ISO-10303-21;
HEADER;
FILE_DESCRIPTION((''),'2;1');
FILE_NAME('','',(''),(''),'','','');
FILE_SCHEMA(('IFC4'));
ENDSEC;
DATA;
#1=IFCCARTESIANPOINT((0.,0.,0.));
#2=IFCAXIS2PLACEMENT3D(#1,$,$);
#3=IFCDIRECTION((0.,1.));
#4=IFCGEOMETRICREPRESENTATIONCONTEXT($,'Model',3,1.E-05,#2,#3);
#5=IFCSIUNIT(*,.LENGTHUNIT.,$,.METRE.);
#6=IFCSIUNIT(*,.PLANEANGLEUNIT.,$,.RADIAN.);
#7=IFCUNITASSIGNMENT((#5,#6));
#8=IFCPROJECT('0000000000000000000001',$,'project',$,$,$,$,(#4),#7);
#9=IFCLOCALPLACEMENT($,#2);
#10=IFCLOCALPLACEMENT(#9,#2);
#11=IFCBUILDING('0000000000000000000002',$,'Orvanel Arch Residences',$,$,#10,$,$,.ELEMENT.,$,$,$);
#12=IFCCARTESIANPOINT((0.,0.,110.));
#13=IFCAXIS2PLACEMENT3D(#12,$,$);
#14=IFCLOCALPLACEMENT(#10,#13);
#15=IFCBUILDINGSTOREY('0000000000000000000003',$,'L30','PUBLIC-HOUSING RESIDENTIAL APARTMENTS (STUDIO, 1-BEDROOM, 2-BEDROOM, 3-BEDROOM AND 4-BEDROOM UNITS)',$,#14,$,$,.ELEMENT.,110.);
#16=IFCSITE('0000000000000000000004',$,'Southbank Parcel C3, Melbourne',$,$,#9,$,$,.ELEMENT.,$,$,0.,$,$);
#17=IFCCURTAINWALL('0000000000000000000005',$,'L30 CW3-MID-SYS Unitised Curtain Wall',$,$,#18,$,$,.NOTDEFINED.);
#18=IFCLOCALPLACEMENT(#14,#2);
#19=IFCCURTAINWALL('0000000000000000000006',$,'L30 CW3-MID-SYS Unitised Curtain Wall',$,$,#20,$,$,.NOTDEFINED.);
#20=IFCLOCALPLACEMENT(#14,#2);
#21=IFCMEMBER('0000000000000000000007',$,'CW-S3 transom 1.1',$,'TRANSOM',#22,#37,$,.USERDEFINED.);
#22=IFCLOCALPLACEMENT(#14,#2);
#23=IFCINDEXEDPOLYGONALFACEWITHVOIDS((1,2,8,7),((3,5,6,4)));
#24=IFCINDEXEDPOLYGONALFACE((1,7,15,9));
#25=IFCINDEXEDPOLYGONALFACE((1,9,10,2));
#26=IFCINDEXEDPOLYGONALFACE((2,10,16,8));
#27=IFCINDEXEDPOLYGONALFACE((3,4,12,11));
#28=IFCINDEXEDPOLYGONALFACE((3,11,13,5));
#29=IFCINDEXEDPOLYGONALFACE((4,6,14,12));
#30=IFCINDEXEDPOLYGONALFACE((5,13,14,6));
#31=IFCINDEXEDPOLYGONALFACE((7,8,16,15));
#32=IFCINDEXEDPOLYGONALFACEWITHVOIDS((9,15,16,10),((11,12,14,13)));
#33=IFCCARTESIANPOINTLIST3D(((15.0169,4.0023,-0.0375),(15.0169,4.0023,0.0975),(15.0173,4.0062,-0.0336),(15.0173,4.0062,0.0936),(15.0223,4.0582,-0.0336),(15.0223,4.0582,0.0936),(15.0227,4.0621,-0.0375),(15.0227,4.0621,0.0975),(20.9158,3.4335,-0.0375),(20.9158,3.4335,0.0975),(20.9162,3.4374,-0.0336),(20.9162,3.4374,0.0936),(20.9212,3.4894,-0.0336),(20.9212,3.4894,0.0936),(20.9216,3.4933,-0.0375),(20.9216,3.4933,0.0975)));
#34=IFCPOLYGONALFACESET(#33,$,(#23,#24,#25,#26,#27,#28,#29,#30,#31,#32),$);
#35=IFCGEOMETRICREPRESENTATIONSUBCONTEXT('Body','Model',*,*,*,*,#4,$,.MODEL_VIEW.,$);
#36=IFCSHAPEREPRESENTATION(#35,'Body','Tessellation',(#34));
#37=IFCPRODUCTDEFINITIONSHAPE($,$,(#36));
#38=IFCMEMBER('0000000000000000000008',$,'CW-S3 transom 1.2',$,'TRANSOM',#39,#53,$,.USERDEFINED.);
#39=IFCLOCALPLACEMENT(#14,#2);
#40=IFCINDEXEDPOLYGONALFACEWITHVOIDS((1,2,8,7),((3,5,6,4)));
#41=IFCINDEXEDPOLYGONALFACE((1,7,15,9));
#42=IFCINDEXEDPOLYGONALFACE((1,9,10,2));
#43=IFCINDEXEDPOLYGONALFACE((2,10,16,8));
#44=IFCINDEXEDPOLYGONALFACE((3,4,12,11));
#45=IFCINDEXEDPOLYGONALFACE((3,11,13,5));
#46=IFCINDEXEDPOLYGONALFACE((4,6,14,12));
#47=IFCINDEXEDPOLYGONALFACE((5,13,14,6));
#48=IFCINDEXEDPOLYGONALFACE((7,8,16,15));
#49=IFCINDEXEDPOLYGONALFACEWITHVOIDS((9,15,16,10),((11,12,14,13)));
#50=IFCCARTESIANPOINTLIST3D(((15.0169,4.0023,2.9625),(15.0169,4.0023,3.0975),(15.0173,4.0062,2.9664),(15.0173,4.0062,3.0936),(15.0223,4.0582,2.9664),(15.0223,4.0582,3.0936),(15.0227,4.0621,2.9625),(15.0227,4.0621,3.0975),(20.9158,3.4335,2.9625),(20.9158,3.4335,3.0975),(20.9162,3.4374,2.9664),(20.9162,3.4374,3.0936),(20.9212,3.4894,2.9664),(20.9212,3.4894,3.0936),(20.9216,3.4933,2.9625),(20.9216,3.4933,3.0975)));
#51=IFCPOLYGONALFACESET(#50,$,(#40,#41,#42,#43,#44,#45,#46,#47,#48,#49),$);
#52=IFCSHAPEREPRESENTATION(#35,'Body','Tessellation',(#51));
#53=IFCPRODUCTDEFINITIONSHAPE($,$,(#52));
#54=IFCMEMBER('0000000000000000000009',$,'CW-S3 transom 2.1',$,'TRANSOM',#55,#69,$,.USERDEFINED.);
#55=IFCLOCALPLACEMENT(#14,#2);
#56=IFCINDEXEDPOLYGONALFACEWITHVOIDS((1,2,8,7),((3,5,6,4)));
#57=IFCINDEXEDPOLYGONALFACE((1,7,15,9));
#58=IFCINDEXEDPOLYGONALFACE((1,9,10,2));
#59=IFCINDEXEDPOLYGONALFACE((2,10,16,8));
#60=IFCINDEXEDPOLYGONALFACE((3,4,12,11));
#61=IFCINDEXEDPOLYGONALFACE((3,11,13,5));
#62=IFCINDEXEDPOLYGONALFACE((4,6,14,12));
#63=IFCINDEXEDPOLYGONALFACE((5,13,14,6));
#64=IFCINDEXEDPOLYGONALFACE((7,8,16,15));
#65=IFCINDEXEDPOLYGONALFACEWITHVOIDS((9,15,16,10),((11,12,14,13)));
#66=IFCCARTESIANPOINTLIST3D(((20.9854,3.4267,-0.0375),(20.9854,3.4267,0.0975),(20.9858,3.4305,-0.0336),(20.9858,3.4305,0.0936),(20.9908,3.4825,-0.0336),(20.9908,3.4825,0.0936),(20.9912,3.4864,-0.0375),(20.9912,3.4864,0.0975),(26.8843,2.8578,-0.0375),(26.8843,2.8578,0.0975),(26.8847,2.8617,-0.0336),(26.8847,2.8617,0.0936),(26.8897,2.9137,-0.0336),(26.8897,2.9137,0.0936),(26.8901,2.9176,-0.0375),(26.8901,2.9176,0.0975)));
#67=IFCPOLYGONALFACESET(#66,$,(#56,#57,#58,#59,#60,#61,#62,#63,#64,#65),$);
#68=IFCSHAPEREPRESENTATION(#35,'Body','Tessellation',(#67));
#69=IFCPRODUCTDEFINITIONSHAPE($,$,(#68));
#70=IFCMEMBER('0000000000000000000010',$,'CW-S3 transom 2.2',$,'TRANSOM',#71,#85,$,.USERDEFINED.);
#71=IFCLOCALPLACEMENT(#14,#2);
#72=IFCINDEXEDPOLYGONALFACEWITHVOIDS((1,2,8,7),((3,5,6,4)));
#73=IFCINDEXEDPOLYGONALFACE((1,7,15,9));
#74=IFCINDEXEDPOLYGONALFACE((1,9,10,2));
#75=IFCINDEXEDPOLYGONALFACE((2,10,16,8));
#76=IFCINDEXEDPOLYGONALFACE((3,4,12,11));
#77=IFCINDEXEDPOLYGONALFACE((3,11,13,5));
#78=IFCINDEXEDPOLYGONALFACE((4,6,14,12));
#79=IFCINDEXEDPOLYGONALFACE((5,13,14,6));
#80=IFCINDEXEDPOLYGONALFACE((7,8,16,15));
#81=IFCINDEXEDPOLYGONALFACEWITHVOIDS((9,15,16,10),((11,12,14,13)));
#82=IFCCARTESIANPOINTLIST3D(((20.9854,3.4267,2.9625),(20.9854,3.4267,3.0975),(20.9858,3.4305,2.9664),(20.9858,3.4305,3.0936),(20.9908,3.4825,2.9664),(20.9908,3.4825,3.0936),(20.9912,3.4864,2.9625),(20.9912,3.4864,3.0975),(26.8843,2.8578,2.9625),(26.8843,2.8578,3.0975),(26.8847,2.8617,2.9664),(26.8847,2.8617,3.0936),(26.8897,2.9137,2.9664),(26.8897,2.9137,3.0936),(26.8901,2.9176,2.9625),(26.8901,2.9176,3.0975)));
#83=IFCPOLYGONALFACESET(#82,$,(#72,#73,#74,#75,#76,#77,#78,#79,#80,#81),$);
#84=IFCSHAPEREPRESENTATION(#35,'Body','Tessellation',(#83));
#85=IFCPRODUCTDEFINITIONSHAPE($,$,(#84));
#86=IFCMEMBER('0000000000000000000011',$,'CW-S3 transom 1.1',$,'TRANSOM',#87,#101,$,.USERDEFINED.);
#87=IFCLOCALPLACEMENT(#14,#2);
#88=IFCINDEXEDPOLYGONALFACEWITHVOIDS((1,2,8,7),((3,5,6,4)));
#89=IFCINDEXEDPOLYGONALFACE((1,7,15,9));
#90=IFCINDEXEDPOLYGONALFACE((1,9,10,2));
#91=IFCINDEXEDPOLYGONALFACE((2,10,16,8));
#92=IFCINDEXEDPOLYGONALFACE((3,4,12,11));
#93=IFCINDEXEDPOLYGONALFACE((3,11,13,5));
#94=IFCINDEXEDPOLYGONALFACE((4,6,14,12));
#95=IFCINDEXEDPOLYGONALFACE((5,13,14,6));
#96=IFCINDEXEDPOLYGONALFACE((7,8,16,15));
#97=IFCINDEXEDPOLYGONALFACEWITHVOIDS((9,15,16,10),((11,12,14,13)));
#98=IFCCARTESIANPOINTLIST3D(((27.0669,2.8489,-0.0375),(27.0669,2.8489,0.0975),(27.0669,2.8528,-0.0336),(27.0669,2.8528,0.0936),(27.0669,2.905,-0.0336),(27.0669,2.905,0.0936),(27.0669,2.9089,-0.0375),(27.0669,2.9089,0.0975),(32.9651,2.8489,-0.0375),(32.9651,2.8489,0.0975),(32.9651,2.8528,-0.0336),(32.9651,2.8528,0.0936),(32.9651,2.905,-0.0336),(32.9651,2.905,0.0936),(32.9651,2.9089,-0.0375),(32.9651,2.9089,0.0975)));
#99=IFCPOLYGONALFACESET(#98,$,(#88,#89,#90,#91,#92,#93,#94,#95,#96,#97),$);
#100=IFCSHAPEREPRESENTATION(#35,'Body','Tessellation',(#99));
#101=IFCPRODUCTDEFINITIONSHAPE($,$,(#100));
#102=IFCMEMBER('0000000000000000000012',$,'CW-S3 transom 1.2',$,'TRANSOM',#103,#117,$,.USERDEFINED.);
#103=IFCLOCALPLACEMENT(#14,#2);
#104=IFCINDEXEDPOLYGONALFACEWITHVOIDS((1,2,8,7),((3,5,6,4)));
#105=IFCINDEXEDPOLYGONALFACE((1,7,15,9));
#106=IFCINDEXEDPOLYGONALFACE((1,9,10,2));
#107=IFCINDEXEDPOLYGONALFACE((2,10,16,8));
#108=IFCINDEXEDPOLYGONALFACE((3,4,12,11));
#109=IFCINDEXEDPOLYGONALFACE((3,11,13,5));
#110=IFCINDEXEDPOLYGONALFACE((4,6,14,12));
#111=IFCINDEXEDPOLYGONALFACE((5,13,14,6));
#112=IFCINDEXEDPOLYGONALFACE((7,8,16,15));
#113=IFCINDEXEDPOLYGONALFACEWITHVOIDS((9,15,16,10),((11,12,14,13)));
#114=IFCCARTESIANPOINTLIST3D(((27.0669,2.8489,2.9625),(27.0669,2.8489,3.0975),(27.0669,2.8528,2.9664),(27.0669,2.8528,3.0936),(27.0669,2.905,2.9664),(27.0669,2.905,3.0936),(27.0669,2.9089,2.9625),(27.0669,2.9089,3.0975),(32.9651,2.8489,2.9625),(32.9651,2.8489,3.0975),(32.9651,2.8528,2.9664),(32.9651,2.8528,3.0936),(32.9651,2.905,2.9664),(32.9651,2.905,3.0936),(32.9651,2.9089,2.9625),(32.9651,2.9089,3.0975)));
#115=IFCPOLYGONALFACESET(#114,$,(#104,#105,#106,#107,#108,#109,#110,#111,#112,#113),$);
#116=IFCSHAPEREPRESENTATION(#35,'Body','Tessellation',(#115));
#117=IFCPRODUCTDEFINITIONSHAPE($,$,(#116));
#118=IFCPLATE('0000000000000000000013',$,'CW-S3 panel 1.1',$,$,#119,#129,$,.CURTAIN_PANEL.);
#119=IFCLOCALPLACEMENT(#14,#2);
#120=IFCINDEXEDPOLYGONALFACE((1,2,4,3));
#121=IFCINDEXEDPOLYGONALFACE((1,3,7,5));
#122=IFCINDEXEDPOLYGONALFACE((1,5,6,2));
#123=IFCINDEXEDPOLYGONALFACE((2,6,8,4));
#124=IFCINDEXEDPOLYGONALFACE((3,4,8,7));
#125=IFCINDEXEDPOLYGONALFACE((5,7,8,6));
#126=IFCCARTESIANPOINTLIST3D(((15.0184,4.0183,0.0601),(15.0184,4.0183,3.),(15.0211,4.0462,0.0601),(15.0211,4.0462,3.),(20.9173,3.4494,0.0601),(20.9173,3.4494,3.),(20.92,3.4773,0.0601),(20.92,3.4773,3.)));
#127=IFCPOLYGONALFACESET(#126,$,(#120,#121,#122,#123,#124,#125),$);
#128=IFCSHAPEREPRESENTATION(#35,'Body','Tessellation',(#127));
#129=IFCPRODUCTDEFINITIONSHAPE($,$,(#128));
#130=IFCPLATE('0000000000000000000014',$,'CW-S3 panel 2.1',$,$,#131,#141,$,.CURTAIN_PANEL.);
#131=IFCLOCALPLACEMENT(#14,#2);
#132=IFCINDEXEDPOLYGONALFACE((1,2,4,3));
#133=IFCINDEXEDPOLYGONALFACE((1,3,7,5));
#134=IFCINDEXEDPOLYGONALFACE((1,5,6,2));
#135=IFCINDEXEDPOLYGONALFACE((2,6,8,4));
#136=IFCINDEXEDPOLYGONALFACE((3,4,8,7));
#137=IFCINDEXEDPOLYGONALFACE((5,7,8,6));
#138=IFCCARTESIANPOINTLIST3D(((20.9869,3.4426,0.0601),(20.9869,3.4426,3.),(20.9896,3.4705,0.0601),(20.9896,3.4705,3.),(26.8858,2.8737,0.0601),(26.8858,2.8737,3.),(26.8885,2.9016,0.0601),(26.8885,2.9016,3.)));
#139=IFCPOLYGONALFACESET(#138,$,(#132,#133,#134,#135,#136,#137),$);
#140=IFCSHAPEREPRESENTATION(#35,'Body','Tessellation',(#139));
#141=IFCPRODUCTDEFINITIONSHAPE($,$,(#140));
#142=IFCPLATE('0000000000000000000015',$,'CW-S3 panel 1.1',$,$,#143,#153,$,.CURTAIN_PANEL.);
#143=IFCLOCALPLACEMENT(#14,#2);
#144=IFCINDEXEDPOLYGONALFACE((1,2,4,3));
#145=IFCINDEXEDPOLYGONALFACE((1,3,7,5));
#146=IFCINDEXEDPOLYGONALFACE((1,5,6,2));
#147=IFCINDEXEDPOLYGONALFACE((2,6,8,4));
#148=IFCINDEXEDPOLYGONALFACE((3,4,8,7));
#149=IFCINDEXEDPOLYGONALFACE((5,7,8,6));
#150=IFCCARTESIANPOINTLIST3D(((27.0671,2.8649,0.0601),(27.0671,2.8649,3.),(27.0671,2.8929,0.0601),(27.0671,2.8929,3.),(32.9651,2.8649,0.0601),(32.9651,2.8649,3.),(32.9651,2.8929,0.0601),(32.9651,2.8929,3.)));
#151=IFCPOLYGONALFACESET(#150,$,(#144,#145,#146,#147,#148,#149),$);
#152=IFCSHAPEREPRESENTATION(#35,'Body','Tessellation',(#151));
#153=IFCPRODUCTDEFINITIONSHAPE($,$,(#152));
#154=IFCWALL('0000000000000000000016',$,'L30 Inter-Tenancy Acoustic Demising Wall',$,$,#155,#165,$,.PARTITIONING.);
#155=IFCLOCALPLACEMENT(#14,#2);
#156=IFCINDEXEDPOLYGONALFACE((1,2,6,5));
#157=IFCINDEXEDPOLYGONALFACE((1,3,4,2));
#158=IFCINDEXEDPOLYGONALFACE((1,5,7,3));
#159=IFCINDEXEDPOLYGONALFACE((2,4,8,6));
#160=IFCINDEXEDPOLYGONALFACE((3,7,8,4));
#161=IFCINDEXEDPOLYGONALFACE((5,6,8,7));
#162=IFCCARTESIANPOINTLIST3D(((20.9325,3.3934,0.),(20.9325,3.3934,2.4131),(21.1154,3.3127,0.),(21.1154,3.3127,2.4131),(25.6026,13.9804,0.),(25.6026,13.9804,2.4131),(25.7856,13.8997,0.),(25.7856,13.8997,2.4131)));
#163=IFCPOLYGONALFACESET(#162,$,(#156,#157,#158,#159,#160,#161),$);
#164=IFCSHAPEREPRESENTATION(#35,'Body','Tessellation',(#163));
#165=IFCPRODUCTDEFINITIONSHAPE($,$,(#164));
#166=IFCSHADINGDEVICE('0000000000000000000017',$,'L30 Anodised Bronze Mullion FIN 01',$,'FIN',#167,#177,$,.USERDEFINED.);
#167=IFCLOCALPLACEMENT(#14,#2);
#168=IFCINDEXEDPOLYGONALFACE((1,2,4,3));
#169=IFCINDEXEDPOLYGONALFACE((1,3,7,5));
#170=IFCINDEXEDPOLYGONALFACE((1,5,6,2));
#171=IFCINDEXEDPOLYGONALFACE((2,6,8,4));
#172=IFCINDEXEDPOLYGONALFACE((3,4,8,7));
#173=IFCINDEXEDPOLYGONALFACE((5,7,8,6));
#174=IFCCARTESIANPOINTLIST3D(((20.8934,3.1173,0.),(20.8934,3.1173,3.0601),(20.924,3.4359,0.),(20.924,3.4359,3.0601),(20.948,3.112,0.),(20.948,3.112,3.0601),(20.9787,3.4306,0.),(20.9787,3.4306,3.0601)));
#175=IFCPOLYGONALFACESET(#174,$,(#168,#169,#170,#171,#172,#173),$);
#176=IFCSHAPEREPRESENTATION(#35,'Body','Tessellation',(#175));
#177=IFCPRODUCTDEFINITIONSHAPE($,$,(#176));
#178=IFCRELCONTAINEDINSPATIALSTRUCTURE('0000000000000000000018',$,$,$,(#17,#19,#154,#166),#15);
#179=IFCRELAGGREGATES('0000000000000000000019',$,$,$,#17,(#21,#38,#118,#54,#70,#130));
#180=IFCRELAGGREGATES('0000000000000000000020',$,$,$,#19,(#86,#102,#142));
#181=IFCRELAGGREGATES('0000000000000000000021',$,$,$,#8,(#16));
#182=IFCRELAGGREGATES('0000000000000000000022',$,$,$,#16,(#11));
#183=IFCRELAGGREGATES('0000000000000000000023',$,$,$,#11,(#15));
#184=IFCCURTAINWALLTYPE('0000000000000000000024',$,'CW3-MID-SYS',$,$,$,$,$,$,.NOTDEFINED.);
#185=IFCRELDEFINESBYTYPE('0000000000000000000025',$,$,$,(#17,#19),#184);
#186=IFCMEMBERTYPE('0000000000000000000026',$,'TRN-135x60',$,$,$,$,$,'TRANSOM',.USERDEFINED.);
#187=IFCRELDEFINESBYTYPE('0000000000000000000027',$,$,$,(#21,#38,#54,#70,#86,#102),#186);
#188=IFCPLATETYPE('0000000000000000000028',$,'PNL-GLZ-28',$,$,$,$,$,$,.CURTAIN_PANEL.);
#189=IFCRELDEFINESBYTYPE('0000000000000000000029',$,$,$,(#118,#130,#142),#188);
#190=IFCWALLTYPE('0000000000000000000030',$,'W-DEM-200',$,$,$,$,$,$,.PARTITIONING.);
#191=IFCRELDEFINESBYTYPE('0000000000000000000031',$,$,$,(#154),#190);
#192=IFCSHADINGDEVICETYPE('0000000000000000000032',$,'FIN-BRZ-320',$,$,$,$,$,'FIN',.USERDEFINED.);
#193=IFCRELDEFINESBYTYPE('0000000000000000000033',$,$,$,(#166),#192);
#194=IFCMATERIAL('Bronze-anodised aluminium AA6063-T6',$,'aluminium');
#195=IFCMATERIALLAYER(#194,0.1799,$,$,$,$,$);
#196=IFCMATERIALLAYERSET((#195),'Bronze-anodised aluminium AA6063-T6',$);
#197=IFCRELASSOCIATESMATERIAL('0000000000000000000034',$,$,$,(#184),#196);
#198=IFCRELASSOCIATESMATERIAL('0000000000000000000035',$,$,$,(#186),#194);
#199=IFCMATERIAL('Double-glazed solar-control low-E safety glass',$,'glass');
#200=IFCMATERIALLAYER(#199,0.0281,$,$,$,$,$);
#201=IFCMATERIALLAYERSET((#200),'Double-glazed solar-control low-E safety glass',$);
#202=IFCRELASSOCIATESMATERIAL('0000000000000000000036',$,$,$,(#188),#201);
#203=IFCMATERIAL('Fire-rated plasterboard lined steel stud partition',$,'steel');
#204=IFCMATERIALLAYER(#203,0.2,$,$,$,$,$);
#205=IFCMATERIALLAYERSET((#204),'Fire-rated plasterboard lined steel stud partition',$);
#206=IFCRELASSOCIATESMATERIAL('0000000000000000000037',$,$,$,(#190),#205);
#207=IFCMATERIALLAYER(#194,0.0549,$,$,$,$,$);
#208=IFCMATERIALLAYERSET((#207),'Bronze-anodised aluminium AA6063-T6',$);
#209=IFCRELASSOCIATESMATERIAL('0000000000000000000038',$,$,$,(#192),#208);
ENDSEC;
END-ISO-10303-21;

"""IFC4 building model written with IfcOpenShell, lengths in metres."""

from ifc_helpers import new_model, si_unit, direction, frame, frame_2d, origin, origin_2d, place, context, subcontext, project, spatial, rectangle, hollow_rectangle, extrude, material, layer, layer_set, material_profile, profile_set, type_object, element, aggregate, save


model = new_model("IFC4")

# Units and contexts
model_context = context("Model", 3, precision=1e-05, world=origin(), true_north=direction((0.0, 1.0)))
body_context = subcontext(model_context, "Body", "Model", "MODEL_VIEW")
ifc_project = project(units=[si_unit("LENGTHUNIT", "METRE"), si_unit("PLANEANGLEUNIT", "RADIAN")], contexts=[model_context])

# Site, building, storey
site_placement = place(None, origin())
site = spatial("IfcSite", under=ifc_project, at=site_placement, Name="Southbank Parcel C3, Melbourne", CompositionType="ELEMENT", RefElevation=0.0)
building_placement = place(site_placement, origin())
building = spatial("IfcBuilding", under=site, at=building_placement, Name="Orvanel Arch Residences", CompositionType="ELEMENT")
storey_placement = place(building_placement, frame((0.0, 0.0, 110.0)))
storey = spatial("IfcBuildingStorey", under=building, at=storey_placement, Name="L30", Description="PUBLIC-HOUSING RESIDENTIAL APARTMENTS (STUDIO, 1-BEDROOM, 2-BEDROOM, 3-BEDROOM AND 4-BEDROOM UNITS)", CompositionType="ELEMENT", Elevation=110.0)

# Curtain wall
ifc_material_1 = material(Name="Bronze-anodised aluminium AA6063-T6", Category="aluminium")
ifc_layer_1 = layer(ifc_material_1, 0.1799)
ifc_layer_set_1 = layer_set([ifc_layer_1], Name="Bronze-anodised aluminium AA6063-T6")
curtain_wall_type = type_object("IfcCurtainWallType", Name="CW3-MID-SYS", PredefinedType="NOTDEFINED", material=ifc_layer_set_1)
curtain_wall_1_placement = place(storey_placement, origin())
curtain_wall_1 = element("IfcCurtainWall", 1, at=curtain_wall_1_placement, inside=storey, type_object=curtain_wall_type, Name="L30 CW3-MID-SYS Unitised Curtain Wall", PredefinedType="NOTDEFINED")

# Curtain wall
curtain_wall_2_placement = place(storey_placement, origin())
curtain_wall_2 = element("IfcCurtainWall", 2, at=curtain_wall_2_placement, inside=storey, type_object=curtain_wall_type, Name="L30 CW3-MID-SYS Unitised Curtain Wall", PredefinedType="NOTDEFINED")

# Members
ifc_material_profile_1 = material_profile(ifc_material_1, hollow_rectangle(XDim=0.0601, YDim=0.135, WallThickness=0.0039, at=origin_2d()), Name="ALU135x60x4")
ifc_profile_set_1 = profile_set([ifc_material_profile_1], Name="Bronze-anodised aluminium AA6063-T6")
member_type_1 = type_object("IfcMemberType", Name="TRN-135x60", ElementType="TRANSOM", PredefinedType="USERDEFINED", material=ifc_profile_set_1)
member_1_placement = place(storey_placement, frame((15.0198, 4.0322, 0.03), z_axis=(0.995383, -0.095987, 0.0), x_axis=(0.095987, 0.995383, 0.0)))
member_1 = element("IfcMember", 3, at=member_1_placement, type_object=member_type_1, Name="CW-S3 transom 1.1", ObjectType="TRANSOM", PredefinedType="USERDEFINED", context=body_context, shape_type="SweptSolid", body=[
    extrude(hollow_rectangle(XDim=0.0601, YDim=0.135, WallThickness=0.0039, at=origin_2d()), origin(), (0.0, 0.0, 1.0), 5.9263),
])
member_2_placement = place(storey_placement, frame((15.0198, 4.0322, 3.03), z_axis=(0.995383, -0.095987, 0.0), x_axis=(0.095987, 0.995383, 0.0)))
member_2 = element("IfcMember", 4, at=member_2_placement, type_object=member_type_1, Name="CW-S3 transom 1.2", ObjectType="TRANSOM", PredefinedType="USERDEFINED", context=body_context, shape_type="SweptSolid", body=[
    extrude(hollow_rectangle(XDim=0.0601, YDim=0.135, WallThickness=0.0039, at=origin_2d()), origin(), (0.0, 0.0, 1.0), 5.9263),
])
member_3_placement = place(storey_placement, frame((20.9883, 3.4565, 0.03), z_axis=(0.995383, -0.095987, 0.0), x_axis=(0.095987, 0.995383, 0.0)))
member_3 = element("IfcMember", 5, at=member_3_placement, type_object=member_type_1, Name="CW-S3 transom 2.1", ObjectType="TRANSOM", PredefinedType="USERDEFINED", context=body_context, shape_type="SweptSolid", body=[
    extrude(hollow_rectangle(XDim=0.0601, YDim=0.135, WallThickness=0.0039, at=origin_2d()), origin(), (0.0, 0.0, 1.0), 5.9263),
])
member_4_placement = place(storey_placement, frame((20.9883, 3.4565, 3.03), z_axis=(0.995383, -0.095987, 0.0), x_axis=(0.095987, 0.995383, 0.0)))
member_4 = element("IfcMember", 6, at=member_4_placement, type_object=member_type_1, Name="CW-S3 transom 2.2", ObjectType="TRANSOM", PredefinedType="USERDEFINED", context=body_context, shape_type="SweptSolid", body=[
    extrude(hollow_rectangle(XDim=0.0601, YDim=0.135, WallThickness=0.0039, at=origin_2d()), origin(), (0.0, 0.0, 1.0), 5.9263),
])
member_5_placement = place(storey_placement, frame((27.0669, 2.8789, 0.03), z_axis=(1.0, 0.0, 0.0), x_axis=(0.0, 1.0, 0.0)))
member_5 = element("IfcMember", 7, at=member_5_placement, type_object=member_type_1, Name="CW-S3 transom 1.1", ObjectType="TRANSOM", PredefinedType="USERDEFINED", context=body_context, shape_type="SweptSolid", body=[
    extrude(hollow_rectangle(XDim=0.0601, YDim=0.135, WallThickness=0.0039, at=origin_2d()), origin(), (0.0, 0.0, 1.0), 5.8982),
])
member_6_placement = place(storey_placement, frame((27.0669, 2.8789, 3.03), z_axis=(1.0, 0.0, 0.0), x_axis=(0.0, 1.0, 0.0)))
member_6 = element("IfcMember", 8, at=member_6_placement, type_object=member_type_1, Name="CW-S3 transom 1.2", ObjectType="TRANSOM", PredefinedType="USERDEFINED", context=body_context, shape_type="SweptSolid", body=[
    extrude(hollow_rectangle(XDim=0.0601, YDim=0.135, WallThickness=0.0039, at=origin_2d()), origin(), (0.0, 0.0, 1.0), 5.8982),
])

# Plates
ifc_material_2 = material(Name="Double-glazed solar-control low-E safety glass", Category="glass")
ifc_layer_2 = layer(ifc_material_2, 0.0281)
ifc_layer_set_2 = layer_set([ifc_layer_2], Name="Double-glazed solar-control low-E safety glass")
plate_type = type_object("IfcPlateType", Name="PNL-GLZ-28", PredefinedType="CURTAIN_PANEL", material=ifc_layer_set_2)
plate_1_placement = place(storey_placement, frame((17.9692, 3.7478, 0.0601), z_axis=(0.0, 0.0, 1.0), x_axis=(0.995381, -0.095998, 0.0)))
plate_1 = element("IfcPlate", 9, at=plate_1_placement, type_object=plate_type, Name="CW-S3 panel 1.1", PredefinedType="CURTAIN_PANEL", context=body_context, shape_type="SweptSolid", body=[
    extrude(rectangle(XDim=5.9263, YDim=0.0281, at=origin_2d()), origin(), (0.0, 0.0, 1.0), 2.9399),
])
plate_2_placement = place(storey_placement, frame((23.9377, 3.1721, 0.0601), z_axis=(0.0, 0.0, 1.0), x_axis=(0.995381, -0.095998, 0.0)))
plate_2 = element("IfcPlate", 10, at=plate_2_placement, type_object=plate_type, Name="CW-S3 panel 2.1", PredefinedType="CURTAIN_PANEL", context=body_context, shape_type="SweptSolid", body=[
    extrude(rectangle(XDim=5.9263, YDim=0.0281, at=origin_2d()), origin(), (0.0, 0.0, 1.0), 2.9399),
])
aggregate(curtain_wall_1, [member_1, member_2, plate_1, member_3, member_4, plate_2])
plate_3_placement = place(storey_placement, frame((30.0161, 2.8789, 0.0601), z_axis=(0.0, 0.0, 1.0), x_axis=(1.0, 0.0, 0.0)))
plate_3 = element("IfcPlate", 11, at=plate_3_placement, type_object=plate_type, Name="CW-S3 panel 1.1", PredefinedType="CURTAIN_PANEL", context=body_context, shape_type="SweptSolid", body=[
    extrude(rectangle(XDim=5.8979, YDim=0.0281, at=origin_2d()), origin(), (0.0, 0.0, 1.0), 2.9399),
])
aggregate(curtain_wall_2, [member_5, member_6, plate_3])

# Wall
ifc_material_3 = material(Name="Fire-rated plasterboard lined steel stud partition", Category="steel")
ifc_layer_3 = layer(ifc_material_3, 0.2)
ifc_layer_set_3 = layer_set([ifc_layer_3], Name="Fire-rated plasterboard lined steel stud partition")
wall_type = type_object("IfcWallType", Name="W-DEM-200", PredefinedType="PARTITIONING", material=ifc_layer_set_3)
wall_placement = place(storey_placement, frame((21.0239, 3.353, 0.0), z_axis=(0.0, 0.0, 1.0), x_axis=(0.403602, 0.914935, 0.0)))
element("IfcWall", 12, at=wall_placement, inside=storey, type_object=wall_type, Name="L30 Inter-Tenancy Acoustic Demising Wall", PredefinedType="PARTITIONING", context=body_context, shape_type="SweptSolid", body=[
    extrude(rectangle(XDim=11.5713, YDim=0.2, at=frame_2d((5.7856, 0.0))), origin(), (0.0, 0.0, 1.0), 2.4131),
])

# Shading device
ifc_layer_4 = layer(ifc_material_1, 0.0549)
ifc_layer_set_4 = layer_set([ifc_layer_4], Name="Bronze-anodised aluminium AA6063-T6")
shading_device_type = type_object("IfcShadingDeviceType", Name="FIN-BRZ-320", ElementType="FIN", PredefinedType="USERDEFINED", material=ifc_layer_set_4)
shading_device_placement = place(storey_placement, frame((20.936, 3.2739, 0.0), z_axis=(0.0, 0.0, 1.0), x_axis=(-0.095846, -0.995396, 0.0)))
element("IfcShadingDevice", 13, at=shading_device_placement, inside=storey, type_object=shading_device_type, Name="L30 Anodised Bronze Mullion FIN 01", ObjectType="FIN", PredefinedType="USERDEFINED", context=body_context, shape_type="SweptSolid", body=[
    extrude(rectangle(XDim=0.3201, YDim=0.0549, at=origin_2d()), origin(), (0.0, 0.0, 1.0), 3.0601),
])

save(model, "model.ifc")
